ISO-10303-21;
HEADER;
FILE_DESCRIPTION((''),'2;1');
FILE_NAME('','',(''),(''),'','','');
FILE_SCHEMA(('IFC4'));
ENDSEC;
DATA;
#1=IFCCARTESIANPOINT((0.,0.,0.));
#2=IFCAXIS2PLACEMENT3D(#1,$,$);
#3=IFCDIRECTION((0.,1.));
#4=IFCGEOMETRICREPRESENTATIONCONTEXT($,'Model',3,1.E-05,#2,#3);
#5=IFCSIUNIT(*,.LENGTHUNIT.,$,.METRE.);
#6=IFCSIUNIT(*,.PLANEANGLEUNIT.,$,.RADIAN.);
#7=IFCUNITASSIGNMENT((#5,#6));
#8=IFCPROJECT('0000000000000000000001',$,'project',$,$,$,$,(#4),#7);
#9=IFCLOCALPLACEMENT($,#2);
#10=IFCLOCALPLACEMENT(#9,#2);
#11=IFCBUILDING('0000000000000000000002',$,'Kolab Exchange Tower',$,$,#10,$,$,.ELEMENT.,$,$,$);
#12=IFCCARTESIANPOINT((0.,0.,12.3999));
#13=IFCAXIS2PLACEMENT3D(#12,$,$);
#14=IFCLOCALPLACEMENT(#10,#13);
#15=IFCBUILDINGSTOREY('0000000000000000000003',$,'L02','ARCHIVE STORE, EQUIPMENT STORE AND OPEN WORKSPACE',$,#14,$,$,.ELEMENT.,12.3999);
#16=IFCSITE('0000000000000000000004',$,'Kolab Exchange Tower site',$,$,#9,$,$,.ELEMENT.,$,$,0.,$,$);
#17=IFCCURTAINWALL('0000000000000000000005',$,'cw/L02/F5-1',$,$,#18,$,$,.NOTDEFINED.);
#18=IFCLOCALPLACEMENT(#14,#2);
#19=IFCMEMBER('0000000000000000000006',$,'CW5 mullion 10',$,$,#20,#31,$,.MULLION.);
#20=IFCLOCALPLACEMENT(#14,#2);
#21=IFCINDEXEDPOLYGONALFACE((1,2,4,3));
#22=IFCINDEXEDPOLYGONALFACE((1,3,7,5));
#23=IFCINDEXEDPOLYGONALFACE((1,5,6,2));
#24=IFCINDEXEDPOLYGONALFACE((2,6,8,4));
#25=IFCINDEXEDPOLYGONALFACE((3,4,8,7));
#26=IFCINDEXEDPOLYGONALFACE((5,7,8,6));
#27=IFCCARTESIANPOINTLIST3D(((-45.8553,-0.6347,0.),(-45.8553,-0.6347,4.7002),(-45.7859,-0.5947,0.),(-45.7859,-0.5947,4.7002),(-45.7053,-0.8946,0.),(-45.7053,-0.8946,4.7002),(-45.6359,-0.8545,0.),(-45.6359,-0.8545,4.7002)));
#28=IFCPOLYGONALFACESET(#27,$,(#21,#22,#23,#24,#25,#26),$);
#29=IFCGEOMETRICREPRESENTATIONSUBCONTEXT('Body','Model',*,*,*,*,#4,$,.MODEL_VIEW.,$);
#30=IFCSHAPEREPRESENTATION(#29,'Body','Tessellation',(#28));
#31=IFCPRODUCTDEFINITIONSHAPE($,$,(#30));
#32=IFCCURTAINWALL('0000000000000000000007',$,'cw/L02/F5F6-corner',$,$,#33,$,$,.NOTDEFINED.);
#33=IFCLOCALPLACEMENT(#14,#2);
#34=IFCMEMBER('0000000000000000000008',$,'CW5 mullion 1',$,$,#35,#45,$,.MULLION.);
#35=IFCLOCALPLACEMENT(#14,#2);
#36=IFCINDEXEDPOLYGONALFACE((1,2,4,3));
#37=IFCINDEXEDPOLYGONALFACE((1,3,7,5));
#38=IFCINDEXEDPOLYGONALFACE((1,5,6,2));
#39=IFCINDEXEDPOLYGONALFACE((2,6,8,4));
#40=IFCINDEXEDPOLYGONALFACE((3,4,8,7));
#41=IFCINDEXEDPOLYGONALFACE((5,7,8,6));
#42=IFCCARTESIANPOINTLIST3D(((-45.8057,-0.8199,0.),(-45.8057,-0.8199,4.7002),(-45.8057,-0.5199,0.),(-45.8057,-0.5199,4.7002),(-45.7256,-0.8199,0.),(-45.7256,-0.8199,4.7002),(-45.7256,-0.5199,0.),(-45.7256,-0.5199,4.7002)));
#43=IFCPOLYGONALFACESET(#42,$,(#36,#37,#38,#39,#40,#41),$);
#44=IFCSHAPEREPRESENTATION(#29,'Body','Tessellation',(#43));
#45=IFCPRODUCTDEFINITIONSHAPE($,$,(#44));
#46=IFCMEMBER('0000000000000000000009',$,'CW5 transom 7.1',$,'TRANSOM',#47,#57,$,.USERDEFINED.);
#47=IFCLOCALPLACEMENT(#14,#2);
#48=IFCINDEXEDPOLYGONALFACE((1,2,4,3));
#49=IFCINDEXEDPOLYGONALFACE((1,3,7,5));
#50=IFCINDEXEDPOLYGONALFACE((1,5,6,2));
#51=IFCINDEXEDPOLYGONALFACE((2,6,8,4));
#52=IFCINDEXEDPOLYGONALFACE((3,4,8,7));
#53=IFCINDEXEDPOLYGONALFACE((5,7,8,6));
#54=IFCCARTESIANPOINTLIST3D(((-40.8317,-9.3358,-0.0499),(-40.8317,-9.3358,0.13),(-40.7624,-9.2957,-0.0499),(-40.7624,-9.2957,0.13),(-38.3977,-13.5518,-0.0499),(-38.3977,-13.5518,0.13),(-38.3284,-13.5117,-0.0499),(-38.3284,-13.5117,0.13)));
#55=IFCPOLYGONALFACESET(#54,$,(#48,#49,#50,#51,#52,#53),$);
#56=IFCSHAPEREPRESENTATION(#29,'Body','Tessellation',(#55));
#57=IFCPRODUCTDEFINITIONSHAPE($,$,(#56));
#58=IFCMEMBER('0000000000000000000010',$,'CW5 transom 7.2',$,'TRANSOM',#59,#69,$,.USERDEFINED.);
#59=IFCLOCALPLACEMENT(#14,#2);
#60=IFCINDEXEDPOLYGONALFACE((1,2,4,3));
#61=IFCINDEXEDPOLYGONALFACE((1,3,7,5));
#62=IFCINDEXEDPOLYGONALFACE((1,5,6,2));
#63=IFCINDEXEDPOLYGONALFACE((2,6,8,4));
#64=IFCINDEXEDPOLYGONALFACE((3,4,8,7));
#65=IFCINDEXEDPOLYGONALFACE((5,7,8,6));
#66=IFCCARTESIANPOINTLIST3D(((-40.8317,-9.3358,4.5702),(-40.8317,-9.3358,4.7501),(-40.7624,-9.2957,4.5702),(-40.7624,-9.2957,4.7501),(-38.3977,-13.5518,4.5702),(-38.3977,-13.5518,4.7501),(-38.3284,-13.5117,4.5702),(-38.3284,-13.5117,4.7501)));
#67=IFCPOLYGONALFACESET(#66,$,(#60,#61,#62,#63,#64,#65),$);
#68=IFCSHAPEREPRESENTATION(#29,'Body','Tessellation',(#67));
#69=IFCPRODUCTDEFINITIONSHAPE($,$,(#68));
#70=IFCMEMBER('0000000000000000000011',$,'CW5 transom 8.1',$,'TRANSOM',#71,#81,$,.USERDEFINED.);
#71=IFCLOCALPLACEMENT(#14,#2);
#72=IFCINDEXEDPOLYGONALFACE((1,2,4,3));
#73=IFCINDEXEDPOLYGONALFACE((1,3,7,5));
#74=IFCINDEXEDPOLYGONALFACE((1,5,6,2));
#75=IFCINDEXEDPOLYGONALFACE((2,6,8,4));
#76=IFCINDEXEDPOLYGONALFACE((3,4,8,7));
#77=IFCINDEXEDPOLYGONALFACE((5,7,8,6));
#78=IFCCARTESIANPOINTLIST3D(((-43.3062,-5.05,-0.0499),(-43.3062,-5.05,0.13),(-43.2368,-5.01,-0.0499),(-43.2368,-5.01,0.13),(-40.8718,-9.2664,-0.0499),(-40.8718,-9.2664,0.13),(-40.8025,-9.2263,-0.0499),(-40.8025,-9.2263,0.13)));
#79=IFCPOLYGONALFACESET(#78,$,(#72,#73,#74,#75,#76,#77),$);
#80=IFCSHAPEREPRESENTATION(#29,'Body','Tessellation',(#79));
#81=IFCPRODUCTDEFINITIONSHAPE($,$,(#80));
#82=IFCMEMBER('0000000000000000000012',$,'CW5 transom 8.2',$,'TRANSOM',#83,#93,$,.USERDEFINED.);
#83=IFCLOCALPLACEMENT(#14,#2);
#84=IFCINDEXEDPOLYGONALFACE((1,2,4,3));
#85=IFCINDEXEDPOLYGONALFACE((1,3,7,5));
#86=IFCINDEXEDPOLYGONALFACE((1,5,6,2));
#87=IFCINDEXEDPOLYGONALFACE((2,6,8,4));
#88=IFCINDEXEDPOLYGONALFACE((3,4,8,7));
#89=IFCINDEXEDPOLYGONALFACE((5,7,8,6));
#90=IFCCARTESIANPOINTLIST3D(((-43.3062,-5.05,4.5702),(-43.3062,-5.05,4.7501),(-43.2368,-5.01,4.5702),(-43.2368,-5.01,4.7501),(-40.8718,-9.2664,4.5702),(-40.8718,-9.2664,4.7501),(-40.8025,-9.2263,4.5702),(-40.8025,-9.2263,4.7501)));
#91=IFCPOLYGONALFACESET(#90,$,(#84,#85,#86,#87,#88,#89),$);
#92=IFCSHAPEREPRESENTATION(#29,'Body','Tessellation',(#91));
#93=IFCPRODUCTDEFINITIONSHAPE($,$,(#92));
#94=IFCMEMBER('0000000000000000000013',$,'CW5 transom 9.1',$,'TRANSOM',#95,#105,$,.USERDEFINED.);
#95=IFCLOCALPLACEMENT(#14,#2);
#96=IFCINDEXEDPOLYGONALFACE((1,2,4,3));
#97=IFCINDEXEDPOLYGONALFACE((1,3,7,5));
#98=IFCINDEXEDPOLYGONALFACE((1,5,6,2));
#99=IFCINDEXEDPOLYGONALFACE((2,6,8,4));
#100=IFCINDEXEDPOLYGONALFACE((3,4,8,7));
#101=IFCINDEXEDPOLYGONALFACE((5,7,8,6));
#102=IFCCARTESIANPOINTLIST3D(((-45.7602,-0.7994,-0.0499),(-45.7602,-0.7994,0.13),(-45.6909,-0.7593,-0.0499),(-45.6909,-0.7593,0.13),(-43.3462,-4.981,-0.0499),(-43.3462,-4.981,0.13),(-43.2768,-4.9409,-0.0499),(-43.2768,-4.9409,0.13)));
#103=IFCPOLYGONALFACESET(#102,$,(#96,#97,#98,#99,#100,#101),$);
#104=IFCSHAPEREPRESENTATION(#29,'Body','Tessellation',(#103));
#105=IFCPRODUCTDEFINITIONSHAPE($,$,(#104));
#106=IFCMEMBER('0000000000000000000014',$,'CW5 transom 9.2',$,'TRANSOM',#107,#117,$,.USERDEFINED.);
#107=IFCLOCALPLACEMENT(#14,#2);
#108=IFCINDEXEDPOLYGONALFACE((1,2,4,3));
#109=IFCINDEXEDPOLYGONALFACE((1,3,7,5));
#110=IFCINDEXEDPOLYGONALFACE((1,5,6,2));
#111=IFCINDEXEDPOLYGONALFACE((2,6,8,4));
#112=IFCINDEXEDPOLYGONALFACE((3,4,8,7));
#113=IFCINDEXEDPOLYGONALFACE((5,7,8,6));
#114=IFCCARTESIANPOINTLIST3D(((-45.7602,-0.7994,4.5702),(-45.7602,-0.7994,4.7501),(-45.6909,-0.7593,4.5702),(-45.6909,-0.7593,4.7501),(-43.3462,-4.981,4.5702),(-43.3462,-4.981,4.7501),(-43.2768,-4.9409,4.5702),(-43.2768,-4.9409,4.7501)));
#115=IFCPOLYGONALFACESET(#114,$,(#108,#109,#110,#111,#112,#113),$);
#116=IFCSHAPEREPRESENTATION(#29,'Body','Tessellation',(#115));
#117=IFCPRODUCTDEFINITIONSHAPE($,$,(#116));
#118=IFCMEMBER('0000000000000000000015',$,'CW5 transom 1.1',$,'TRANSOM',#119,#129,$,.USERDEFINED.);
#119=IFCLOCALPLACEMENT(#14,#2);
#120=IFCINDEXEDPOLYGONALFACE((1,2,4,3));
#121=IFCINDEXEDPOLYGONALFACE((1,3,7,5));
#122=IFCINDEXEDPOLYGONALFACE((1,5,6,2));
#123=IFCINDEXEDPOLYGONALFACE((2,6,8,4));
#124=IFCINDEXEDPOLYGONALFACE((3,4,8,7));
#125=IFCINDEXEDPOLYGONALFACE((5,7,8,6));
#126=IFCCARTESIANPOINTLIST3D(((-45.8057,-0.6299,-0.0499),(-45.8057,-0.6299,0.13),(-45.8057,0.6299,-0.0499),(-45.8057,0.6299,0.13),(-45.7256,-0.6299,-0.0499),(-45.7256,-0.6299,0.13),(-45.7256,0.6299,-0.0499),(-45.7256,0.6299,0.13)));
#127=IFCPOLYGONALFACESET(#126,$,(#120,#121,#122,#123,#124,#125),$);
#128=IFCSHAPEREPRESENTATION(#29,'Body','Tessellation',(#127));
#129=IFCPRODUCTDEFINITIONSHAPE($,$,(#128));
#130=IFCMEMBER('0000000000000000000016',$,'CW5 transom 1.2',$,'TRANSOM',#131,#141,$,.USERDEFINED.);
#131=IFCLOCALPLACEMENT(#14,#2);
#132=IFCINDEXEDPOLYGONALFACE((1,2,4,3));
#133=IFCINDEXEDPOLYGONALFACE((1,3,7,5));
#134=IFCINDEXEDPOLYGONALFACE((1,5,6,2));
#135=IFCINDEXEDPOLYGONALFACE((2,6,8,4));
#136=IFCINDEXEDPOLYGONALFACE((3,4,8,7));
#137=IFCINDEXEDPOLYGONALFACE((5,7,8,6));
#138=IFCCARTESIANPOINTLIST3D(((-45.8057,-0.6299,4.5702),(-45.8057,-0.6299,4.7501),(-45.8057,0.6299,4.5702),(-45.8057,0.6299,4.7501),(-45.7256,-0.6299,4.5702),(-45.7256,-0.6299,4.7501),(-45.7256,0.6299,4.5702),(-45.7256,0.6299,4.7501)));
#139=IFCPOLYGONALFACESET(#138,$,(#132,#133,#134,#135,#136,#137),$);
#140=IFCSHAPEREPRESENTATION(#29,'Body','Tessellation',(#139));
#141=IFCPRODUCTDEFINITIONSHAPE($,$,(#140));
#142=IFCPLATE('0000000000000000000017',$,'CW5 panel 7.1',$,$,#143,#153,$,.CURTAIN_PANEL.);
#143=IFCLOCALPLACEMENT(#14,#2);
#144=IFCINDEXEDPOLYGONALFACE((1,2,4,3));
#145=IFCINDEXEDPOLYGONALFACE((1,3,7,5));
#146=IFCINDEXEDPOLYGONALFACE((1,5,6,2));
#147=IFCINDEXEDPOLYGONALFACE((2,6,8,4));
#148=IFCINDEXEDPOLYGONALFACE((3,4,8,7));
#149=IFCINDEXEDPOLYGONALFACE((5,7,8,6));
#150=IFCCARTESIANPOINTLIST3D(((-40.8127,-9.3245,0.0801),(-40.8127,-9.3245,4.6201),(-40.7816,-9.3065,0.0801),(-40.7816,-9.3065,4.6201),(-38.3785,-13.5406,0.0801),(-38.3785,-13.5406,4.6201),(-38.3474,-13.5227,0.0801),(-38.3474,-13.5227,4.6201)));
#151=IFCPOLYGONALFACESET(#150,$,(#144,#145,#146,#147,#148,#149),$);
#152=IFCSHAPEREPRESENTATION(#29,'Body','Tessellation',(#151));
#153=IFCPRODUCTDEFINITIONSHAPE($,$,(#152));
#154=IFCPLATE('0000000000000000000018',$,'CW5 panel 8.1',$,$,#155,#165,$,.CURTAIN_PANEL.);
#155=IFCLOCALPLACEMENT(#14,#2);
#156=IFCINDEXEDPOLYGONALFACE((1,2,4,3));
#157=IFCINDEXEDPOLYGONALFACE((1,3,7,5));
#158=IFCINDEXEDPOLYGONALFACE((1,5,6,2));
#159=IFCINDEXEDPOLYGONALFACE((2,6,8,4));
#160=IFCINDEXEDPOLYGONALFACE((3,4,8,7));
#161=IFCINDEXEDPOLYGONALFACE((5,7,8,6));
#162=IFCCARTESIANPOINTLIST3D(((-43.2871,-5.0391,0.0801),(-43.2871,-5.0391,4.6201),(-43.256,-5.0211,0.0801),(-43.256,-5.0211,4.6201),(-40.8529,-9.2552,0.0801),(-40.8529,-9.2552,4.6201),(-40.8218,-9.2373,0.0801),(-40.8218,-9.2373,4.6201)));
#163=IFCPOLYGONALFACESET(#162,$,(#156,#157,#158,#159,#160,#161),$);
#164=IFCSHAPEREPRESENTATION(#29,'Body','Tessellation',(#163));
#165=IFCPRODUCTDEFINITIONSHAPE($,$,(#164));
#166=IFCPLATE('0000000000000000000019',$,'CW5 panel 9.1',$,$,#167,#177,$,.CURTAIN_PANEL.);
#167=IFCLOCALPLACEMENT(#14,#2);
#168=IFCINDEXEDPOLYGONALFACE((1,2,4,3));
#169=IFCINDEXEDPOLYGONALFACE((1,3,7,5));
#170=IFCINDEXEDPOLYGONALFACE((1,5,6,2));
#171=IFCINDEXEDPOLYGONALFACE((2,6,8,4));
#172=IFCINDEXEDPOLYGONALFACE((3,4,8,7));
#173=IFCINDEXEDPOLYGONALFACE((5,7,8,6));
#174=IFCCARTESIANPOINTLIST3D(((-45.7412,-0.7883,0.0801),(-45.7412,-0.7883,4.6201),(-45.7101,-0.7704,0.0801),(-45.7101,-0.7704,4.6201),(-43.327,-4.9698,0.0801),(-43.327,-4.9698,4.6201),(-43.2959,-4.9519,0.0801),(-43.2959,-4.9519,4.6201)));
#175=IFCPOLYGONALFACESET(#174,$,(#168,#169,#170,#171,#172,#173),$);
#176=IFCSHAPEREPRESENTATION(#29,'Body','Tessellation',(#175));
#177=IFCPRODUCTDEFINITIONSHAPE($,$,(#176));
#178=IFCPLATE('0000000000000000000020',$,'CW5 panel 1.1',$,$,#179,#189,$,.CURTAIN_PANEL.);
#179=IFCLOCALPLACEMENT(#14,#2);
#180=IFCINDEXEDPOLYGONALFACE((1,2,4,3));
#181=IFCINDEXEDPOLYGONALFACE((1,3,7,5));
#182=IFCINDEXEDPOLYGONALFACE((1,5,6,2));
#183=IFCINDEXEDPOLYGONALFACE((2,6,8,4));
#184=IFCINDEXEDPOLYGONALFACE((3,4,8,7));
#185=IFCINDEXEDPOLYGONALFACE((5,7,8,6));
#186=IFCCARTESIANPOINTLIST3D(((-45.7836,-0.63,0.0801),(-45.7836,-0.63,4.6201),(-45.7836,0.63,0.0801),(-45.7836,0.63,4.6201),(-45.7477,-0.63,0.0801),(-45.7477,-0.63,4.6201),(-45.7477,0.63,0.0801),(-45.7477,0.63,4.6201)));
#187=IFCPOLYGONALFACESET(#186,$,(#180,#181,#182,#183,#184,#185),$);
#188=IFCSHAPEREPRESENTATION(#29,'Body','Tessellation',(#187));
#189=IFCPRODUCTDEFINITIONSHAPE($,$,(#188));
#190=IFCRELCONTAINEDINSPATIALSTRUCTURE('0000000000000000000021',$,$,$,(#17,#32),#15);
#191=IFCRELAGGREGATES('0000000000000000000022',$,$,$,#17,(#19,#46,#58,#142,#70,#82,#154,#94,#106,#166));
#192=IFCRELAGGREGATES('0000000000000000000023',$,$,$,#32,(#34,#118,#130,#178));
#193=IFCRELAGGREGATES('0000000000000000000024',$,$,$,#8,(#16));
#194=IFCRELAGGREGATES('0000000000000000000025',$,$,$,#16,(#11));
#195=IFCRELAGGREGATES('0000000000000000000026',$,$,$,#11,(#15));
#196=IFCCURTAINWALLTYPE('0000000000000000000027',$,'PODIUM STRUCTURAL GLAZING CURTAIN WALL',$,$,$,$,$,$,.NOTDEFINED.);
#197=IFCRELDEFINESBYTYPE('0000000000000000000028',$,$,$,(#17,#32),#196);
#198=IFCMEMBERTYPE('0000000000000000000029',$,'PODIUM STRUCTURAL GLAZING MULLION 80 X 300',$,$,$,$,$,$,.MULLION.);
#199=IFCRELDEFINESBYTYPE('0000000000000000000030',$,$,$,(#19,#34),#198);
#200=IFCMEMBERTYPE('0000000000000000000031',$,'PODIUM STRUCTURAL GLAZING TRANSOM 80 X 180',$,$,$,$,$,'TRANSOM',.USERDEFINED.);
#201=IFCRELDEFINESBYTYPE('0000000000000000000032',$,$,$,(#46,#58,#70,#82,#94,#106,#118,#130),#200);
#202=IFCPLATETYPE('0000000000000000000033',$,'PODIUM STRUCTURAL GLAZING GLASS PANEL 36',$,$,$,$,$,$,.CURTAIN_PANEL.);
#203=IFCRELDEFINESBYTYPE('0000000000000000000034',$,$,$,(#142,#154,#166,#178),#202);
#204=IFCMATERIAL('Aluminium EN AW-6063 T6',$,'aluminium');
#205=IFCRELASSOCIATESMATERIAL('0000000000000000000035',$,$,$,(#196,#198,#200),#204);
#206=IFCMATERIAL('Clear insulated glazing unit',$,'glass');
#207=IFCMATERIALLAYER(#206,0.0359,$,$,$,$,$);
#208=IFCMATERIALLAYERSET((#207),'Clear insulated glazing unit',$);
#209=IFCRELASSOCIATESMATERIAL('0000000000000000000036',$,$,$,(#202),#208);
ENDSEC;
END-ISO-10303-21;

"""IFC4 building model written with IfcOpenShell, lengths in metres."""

from ifc_helpers import new_model, si_unit, direction, frame, origin, origin_2d, place, context, subcontext, project, spatial, rectangle, extrude, material, layer, layer_set, material_profile, profile_set, type_object, element, aggregate, save


model = new_model("IFC4")

# Units and contexts
model_context = context("Model", 3, precision=1e-05, world=origin(), true_north=direction((0.0, 1.0)))
body_context = subcontext(model_context, "Body", "Model", "MODEL_VIEW")
ifc_project = project(units=[si_unit("LENGTHUNIT", "METRE"), si_unit("PLANEANGLEUNIT", "RADIAN")], contexts=[model_context])

# Site, building, storey
site_placement = place(None, origin())
site = spatial("IfcSite", under=ifc_project, at=site_placement, Name="Kolab Exchange Tower site", CompositionType="ELEMENT", RefElevation=0.0)
building_placement = place(site_placement, origin())
building = spatial("IfcBuilding", under=site, at=building_placement, Name="Kolab Exchange Tower", CompositionType="ELEMENT")
storey_placement = place(building_placement, frame((0.0, 0.0, 12.3999)))
storey = spatial("IfcBuildingStorey", under=building, at=storey_placement, Name="L02", Description="ARCHIVE STORE, EQUIPMENT STORE AND OPEN WORKSPACE", CompositionType="ELEMENT", Elevation=12.3999)

# Curtain wall, member
ifc_material_1 = material(Name="Aluminium EN AW-6063 T6", Category="aluminium")
curtain_wall_type = type_object("IfcCurtainWallType", Name="PODIUM STRUCTURAL GLAZING CURTAIN WALL", PredefinedType="NOTDEFINED", material=ifc_material_1)
curtain_wall_1_placement = place(storey_placement, origin())
curtain_wall_1 = element("IfcCurtainWall", 1, at=curtain_wall_1_placement, inside=storey, type_object=curtain_wall_type, Name="cw/L02/F5-1", PredefinedType="NOTDEFINED")
ifc_material_profile_1 = material_profile(ifc_material_1, rectangle(XDim=0.0801, YDim=0.3, at=origin_2d()), Name="RECT 80X300")
ifc_profile_set_1 = profile_set([ifc_material_profile_1], Name="Aluminium EN AW-6063 T6")
member_type_1 = type_object("IfcMemberType", Name="PODIUM STRUCTURAL GLAZING MULLION 80 X 300", PredefinedType="MULLION", material=ifc_profile_set_1)
member_1_placement = place(storey_placement, frame((-45.7456, -0.7446, 0.0), z_axis=(0.0, 0.0, 1.0), x_axis=(-0.866025, -0.5, 0.0)))
member_1 = element("IfcMember", 2, at=member_1_placement, type_object=member_type_1, Name="CW5 mullion 10", PredefinedType="MULLION", context=body_context, shape_type="SweptSolid", body=[
    extrude(rectangle(XDim=0.0801, YDim=0.3, at=origin_2d()), origin(), (0.0, 0.0, 1.0), 4.7002),
])

# Curtain wall, member
curtain_wall_2_placement = place(storey_placement, origin())
curtain_wall_2 = element("IfcCurtainWall", 3, at=curtain_wall_2_placement, inside=storey, type_object=curtain_wall_type, Name="cw/L02/F5F6-corner", PredefinedType="NOTDEFINED")
member_2_placement = place(storey_placement, frame((-45.7656, -0.6699, 0.0), z_axis=(0.0, 0.0, 1.0), x_axis=(-1.0, 0.0, 0.0)))
member_2 = element("IfcMember", 4, at=member_2_placement, type_object=member_type_1, Name="CW5 mullion 1", PredefinedType="MULLION", context=body_context, shape_type="SweptSolid", body=[
    extrude(rectangle(XDim=0.0801, YDim=0.3, at=origin_2d()), origin(), (0.0, 0.0, 1.0), 4.7002),
])

# Members
ifc_material_profile_2 = material_profile(ifc_material_1, rectangle(XDim=0.0801, YDim=0.1799, at=origin_2d()), Name="RECT 80X180")
ifc_profile_set_2 = profile_set([ifc_material_profile_2], Name="Aluminium EN AW-6063 T6")
member_type_2 = type_object("IfcMemberType", Name="PODIUM STRUCTURAL GLAZING TRANSOM 80 X 180", ElementType="TRANSOM", PredefinedType="USERDEFINED", material=ifc_profile_set_2)
member_3_placement = place(storey_placement, frame((-38.363, -13.5317, 0.04), z_axis=(-0.49999, 0.866031, 0.0), x_axis=(-0.866031, -0.49999, 0.0)))
member_3 = element("IfcMember", 5, at=member_3_placement, type_object=member_type_2, Name="CW5 transom 7.1", ObjectType="TRANSOM", PredefinedType="USERDEFINED", context=body_context, shape_type="SweptSolid", body=[
    extrude(rectangle(XDim=0.0801, YDim=0.1799, at=origin_2d()), origin(), (0.0, 0.0, 1.0), 4.8682),
])
member_4_placement = place(storey_placement, frame((-38.363, -13.5317, 4.6602), z_axis=(-0.49999, 0.866031, 0.0), x_axis=(-0.866031, -0.49999, 0.0)))
member_4 = element("IfcMember", 6, at=member_4_placement, type_object=member_type_2, Name="CW5 transom 7.2", ObjectType="TRANSOM", PredefinedType="USERDEFINED", context=body_context, shape_type="SweptSolid", body=[
    extrude(rectangle(XDim=0.0801, YDim=0.1799, at=origin_2d()), origin(), (0.0, 0.0, 1.0), 4.8682),
])
member_5_placement = place(storey_placement, frame((-40.8372, -9.2463, 0.04), z_axis=(-0.500006, 0.866022, 0.0), x_axis=(-0.866022, -0.500006, 0.0)))
member_5 = element("IfcMember", 7, at=member_5_placement, type_object=member_type_2, Name="CW5 transom 8.1", ObjectType="TRANSOM", PredefinedType="USERDEFINED", context=body_context, shape_type="SweptSolid", body=[
    extrude(rectangle(XDim=0.0801, YDim=0.1799, at=origin_2d()), origin(), (0.0, 0.0, 1.0), 4.8687),
])
member_6_placement = place(storey_placement, frame((-40.8372, -9.2463, 4.6602), z_axis=(-0.500006, 0.866022, 0.0), x_axis=(-0.866022, -0.500006, 0.0)))
member_6 = element("IfcMember", 8, at=member_6_placement, type_object=member_type_2, Name="CW5 transom 8.2", ObjectType="TRANSOM", PredefinedType="USERDEFINED", context=body_context, shape_type="SweptSolid", body=[
    extrude(rectangle(XDim=0.0801, YDim=0.1799, at=origin_2d()), origin(), (0.0, 0.0, 1.0), 4.8687),
])
member_7_placement = place(storey_placement, frame((-43.3115, -4.9609, 0.04), z_axis=(-0.499968, 0.866044, 0.0), x_axis=(-0.866044, -0.499968, 0.0)))
member_7 = element("IfcMember", 9, at=member_7_placement, type_object=member_type_2, Name="CW5 transom 9.1", ObjectType="TRANSOM", PredefinedType="USERDEFINED", context=body_context, shape_type="SweptSolid", body=[
    extrude(rectangle(XDim=0.0801, YDim=0.1799, at=origin_2d()), origin(), (0.0, 0.0, 1.0), 4.8284),
])
member_8_placement = place(storey_placement, frame((-43.3115, -4.9609, 4.6602), z_axis=(-0.499968, 0.866044, 0.0), x_axis=(-0.866044, -0.499968, 0.0)))
member_8 = element("IfcMember", 10, at=member_8_placement, type_object=member_type_2, Name="CW5 transom 9.2", ObjectType="TRANSOM", PredefinedType="USERDEFINED", context=body_context, shape_type="SweptSolid", body=[
    extrude(rectangle(XDim=0.0801, YDim=0.1799, at=origin_2d()), origin(), (0.0, 0.0, 1.0), 4.8284),
])
member_9_placement = place(storey_placement, frame((-45.7656, -0.6299, 0.04), z_axis=(0.0, 1.0, 0.0), x_axis=(-1.0, 0.0, 0.0)))
member_9 = element("IfcMember", 11, at=member_9_placement, type_object=member_type_2, Name="CW5 transom 1.1", ObjectType="TRANSOM", PredefinedType="USERDEFINED", context=body_context, shape_type="SweptSolid", body=[
    extrude(rectangle(XDim=0.0801, YDim=0.1799, at=origin_2d()), origin(), (0.0, 0.0, 1.0), 1.2598),
])
member_10_placement = place(storey_placement, frame((-45.7656, -0.6299, 4.6602), z_axis=(0.0, 1.0, 0.0), x_axis=(-1.0, 0.0, 0.0)))
member_10 = element("IfcMember", 12, at=member_10_placement, type_object=member_type_2, Name="CW5 transom 1.2", ObjectType="TRANSOM", PredefinedType="USERDEFINED", context=body_context, shape_type="SweptSolid", body=[
    extrude(rectangle(XDim=0.0801, YDim=0.1799, at=origin_2d()), origin(), (0.0, 0.0, 1.0), 1.2598),
])

# Plates
ifc_material_2 = material(Name="Clear insulated glazing unit", Category="glass")
ifc_layer_1 = layer(ifc_material_2, 0.0359)
ifc_layer_set_1 = layer_set([ifc_layer_1], Name="Clear insulated glazing unit")
plate_type = type_object("IfcPlateType", Name="PODIUM STRUCTURAL GLAZING GLASS PANEL 36", PredefinedType="CURTAIN_PANEL", material=ifc_layer_set_1)
plate_1_placement = place(storey_placement, frame((-39.5801, -11.4236, 0.0801), z_axis=(0.0, 0.0, 1.0), x_axis=(-0.5, 0.866025, 0.0)))
plate_1 = element("IfcPlate", 13, at=plate_1_placement, type_object=plate_type, Name="CW5 panel 7.1", PredefinedType="CURTAIN_PANEL", context=body_context, shape_type="SweptSolid", body=[
    extrude(rectangle(XDim=4.8684, YDim=0.0359, at=origin_2d()), origin(), (0.0, 0.0, 1.0), 4.54),
])
plate_2_placement = place(storey_placement, frame((-42.0544, -7.1382, 0.0801), z_axis=(0.0, 0.0, 1.0), x_axis=(-0.5, 0.866025, 0.0)))
plate_2 = element("IfcPlate", 14, at=plate_2_placement, type_object=plate_type, Name="CW5 panel 8.1", PredefinedType="CURTAIN_PANEL", context=body_context, shape_type="SweptSolid", body=[
    extrude(rectangle(XDim=4.8684, YDim=0.0359, at=origin_2d()), origin(), (0.0, 0.0, 1.0), 4.54),
])
plate_3_placement = place(storey_placement, frame((-44.5186, -2.8701, 0.0801), z_axis=(0.0, 0.0, 1.0), x_axis=(-0.5, 0.866025, 0.0)))
plate_3 = element("IfcPlate", 15, at=plate_3_placement, type_object=plate_type, Name="CW5 panel 9.1", PredefinedType="CURTAIN_PANEL", context=body_context, shape_type="SweptSolid", body=[
    extrude(rectangle(XDim=4.8284, YDim=0.0359, at=origin_2d()), origin(), (0.0, 0.0, 1.0), 4.54),
])
aggregate(curtain_wall_1, [member_1, member_3, member_4, plate_1, member_5, member_6, plate_2, member_7, member_8, plate_3])
plate_4_placement = place(storey_placement, frame((-45.7656, 0.0, 0.0801), z_axis=(0.0, 0.0, 1.0), x_axis=(0.0, 1.0, 0.0)))
plate_4 = element("IfcPlate", 16, at=plate_4_placement, type_object=plate_type, Name="CW5 panel 1.1", PredefinedType="CURTAIN_PANEL", context=body_context, shape_type="SweptSolid", body=[
    extrude(rectangle(XDim=1.26, YDim=0.0359, at=origin_2d()), origin(), (0.0, 0.0, 1.0), 4.54),
])
aggregate(curtain_wall_2, [member_2, member_9, member_10, plate_4])

save(model, "model.ifc")
